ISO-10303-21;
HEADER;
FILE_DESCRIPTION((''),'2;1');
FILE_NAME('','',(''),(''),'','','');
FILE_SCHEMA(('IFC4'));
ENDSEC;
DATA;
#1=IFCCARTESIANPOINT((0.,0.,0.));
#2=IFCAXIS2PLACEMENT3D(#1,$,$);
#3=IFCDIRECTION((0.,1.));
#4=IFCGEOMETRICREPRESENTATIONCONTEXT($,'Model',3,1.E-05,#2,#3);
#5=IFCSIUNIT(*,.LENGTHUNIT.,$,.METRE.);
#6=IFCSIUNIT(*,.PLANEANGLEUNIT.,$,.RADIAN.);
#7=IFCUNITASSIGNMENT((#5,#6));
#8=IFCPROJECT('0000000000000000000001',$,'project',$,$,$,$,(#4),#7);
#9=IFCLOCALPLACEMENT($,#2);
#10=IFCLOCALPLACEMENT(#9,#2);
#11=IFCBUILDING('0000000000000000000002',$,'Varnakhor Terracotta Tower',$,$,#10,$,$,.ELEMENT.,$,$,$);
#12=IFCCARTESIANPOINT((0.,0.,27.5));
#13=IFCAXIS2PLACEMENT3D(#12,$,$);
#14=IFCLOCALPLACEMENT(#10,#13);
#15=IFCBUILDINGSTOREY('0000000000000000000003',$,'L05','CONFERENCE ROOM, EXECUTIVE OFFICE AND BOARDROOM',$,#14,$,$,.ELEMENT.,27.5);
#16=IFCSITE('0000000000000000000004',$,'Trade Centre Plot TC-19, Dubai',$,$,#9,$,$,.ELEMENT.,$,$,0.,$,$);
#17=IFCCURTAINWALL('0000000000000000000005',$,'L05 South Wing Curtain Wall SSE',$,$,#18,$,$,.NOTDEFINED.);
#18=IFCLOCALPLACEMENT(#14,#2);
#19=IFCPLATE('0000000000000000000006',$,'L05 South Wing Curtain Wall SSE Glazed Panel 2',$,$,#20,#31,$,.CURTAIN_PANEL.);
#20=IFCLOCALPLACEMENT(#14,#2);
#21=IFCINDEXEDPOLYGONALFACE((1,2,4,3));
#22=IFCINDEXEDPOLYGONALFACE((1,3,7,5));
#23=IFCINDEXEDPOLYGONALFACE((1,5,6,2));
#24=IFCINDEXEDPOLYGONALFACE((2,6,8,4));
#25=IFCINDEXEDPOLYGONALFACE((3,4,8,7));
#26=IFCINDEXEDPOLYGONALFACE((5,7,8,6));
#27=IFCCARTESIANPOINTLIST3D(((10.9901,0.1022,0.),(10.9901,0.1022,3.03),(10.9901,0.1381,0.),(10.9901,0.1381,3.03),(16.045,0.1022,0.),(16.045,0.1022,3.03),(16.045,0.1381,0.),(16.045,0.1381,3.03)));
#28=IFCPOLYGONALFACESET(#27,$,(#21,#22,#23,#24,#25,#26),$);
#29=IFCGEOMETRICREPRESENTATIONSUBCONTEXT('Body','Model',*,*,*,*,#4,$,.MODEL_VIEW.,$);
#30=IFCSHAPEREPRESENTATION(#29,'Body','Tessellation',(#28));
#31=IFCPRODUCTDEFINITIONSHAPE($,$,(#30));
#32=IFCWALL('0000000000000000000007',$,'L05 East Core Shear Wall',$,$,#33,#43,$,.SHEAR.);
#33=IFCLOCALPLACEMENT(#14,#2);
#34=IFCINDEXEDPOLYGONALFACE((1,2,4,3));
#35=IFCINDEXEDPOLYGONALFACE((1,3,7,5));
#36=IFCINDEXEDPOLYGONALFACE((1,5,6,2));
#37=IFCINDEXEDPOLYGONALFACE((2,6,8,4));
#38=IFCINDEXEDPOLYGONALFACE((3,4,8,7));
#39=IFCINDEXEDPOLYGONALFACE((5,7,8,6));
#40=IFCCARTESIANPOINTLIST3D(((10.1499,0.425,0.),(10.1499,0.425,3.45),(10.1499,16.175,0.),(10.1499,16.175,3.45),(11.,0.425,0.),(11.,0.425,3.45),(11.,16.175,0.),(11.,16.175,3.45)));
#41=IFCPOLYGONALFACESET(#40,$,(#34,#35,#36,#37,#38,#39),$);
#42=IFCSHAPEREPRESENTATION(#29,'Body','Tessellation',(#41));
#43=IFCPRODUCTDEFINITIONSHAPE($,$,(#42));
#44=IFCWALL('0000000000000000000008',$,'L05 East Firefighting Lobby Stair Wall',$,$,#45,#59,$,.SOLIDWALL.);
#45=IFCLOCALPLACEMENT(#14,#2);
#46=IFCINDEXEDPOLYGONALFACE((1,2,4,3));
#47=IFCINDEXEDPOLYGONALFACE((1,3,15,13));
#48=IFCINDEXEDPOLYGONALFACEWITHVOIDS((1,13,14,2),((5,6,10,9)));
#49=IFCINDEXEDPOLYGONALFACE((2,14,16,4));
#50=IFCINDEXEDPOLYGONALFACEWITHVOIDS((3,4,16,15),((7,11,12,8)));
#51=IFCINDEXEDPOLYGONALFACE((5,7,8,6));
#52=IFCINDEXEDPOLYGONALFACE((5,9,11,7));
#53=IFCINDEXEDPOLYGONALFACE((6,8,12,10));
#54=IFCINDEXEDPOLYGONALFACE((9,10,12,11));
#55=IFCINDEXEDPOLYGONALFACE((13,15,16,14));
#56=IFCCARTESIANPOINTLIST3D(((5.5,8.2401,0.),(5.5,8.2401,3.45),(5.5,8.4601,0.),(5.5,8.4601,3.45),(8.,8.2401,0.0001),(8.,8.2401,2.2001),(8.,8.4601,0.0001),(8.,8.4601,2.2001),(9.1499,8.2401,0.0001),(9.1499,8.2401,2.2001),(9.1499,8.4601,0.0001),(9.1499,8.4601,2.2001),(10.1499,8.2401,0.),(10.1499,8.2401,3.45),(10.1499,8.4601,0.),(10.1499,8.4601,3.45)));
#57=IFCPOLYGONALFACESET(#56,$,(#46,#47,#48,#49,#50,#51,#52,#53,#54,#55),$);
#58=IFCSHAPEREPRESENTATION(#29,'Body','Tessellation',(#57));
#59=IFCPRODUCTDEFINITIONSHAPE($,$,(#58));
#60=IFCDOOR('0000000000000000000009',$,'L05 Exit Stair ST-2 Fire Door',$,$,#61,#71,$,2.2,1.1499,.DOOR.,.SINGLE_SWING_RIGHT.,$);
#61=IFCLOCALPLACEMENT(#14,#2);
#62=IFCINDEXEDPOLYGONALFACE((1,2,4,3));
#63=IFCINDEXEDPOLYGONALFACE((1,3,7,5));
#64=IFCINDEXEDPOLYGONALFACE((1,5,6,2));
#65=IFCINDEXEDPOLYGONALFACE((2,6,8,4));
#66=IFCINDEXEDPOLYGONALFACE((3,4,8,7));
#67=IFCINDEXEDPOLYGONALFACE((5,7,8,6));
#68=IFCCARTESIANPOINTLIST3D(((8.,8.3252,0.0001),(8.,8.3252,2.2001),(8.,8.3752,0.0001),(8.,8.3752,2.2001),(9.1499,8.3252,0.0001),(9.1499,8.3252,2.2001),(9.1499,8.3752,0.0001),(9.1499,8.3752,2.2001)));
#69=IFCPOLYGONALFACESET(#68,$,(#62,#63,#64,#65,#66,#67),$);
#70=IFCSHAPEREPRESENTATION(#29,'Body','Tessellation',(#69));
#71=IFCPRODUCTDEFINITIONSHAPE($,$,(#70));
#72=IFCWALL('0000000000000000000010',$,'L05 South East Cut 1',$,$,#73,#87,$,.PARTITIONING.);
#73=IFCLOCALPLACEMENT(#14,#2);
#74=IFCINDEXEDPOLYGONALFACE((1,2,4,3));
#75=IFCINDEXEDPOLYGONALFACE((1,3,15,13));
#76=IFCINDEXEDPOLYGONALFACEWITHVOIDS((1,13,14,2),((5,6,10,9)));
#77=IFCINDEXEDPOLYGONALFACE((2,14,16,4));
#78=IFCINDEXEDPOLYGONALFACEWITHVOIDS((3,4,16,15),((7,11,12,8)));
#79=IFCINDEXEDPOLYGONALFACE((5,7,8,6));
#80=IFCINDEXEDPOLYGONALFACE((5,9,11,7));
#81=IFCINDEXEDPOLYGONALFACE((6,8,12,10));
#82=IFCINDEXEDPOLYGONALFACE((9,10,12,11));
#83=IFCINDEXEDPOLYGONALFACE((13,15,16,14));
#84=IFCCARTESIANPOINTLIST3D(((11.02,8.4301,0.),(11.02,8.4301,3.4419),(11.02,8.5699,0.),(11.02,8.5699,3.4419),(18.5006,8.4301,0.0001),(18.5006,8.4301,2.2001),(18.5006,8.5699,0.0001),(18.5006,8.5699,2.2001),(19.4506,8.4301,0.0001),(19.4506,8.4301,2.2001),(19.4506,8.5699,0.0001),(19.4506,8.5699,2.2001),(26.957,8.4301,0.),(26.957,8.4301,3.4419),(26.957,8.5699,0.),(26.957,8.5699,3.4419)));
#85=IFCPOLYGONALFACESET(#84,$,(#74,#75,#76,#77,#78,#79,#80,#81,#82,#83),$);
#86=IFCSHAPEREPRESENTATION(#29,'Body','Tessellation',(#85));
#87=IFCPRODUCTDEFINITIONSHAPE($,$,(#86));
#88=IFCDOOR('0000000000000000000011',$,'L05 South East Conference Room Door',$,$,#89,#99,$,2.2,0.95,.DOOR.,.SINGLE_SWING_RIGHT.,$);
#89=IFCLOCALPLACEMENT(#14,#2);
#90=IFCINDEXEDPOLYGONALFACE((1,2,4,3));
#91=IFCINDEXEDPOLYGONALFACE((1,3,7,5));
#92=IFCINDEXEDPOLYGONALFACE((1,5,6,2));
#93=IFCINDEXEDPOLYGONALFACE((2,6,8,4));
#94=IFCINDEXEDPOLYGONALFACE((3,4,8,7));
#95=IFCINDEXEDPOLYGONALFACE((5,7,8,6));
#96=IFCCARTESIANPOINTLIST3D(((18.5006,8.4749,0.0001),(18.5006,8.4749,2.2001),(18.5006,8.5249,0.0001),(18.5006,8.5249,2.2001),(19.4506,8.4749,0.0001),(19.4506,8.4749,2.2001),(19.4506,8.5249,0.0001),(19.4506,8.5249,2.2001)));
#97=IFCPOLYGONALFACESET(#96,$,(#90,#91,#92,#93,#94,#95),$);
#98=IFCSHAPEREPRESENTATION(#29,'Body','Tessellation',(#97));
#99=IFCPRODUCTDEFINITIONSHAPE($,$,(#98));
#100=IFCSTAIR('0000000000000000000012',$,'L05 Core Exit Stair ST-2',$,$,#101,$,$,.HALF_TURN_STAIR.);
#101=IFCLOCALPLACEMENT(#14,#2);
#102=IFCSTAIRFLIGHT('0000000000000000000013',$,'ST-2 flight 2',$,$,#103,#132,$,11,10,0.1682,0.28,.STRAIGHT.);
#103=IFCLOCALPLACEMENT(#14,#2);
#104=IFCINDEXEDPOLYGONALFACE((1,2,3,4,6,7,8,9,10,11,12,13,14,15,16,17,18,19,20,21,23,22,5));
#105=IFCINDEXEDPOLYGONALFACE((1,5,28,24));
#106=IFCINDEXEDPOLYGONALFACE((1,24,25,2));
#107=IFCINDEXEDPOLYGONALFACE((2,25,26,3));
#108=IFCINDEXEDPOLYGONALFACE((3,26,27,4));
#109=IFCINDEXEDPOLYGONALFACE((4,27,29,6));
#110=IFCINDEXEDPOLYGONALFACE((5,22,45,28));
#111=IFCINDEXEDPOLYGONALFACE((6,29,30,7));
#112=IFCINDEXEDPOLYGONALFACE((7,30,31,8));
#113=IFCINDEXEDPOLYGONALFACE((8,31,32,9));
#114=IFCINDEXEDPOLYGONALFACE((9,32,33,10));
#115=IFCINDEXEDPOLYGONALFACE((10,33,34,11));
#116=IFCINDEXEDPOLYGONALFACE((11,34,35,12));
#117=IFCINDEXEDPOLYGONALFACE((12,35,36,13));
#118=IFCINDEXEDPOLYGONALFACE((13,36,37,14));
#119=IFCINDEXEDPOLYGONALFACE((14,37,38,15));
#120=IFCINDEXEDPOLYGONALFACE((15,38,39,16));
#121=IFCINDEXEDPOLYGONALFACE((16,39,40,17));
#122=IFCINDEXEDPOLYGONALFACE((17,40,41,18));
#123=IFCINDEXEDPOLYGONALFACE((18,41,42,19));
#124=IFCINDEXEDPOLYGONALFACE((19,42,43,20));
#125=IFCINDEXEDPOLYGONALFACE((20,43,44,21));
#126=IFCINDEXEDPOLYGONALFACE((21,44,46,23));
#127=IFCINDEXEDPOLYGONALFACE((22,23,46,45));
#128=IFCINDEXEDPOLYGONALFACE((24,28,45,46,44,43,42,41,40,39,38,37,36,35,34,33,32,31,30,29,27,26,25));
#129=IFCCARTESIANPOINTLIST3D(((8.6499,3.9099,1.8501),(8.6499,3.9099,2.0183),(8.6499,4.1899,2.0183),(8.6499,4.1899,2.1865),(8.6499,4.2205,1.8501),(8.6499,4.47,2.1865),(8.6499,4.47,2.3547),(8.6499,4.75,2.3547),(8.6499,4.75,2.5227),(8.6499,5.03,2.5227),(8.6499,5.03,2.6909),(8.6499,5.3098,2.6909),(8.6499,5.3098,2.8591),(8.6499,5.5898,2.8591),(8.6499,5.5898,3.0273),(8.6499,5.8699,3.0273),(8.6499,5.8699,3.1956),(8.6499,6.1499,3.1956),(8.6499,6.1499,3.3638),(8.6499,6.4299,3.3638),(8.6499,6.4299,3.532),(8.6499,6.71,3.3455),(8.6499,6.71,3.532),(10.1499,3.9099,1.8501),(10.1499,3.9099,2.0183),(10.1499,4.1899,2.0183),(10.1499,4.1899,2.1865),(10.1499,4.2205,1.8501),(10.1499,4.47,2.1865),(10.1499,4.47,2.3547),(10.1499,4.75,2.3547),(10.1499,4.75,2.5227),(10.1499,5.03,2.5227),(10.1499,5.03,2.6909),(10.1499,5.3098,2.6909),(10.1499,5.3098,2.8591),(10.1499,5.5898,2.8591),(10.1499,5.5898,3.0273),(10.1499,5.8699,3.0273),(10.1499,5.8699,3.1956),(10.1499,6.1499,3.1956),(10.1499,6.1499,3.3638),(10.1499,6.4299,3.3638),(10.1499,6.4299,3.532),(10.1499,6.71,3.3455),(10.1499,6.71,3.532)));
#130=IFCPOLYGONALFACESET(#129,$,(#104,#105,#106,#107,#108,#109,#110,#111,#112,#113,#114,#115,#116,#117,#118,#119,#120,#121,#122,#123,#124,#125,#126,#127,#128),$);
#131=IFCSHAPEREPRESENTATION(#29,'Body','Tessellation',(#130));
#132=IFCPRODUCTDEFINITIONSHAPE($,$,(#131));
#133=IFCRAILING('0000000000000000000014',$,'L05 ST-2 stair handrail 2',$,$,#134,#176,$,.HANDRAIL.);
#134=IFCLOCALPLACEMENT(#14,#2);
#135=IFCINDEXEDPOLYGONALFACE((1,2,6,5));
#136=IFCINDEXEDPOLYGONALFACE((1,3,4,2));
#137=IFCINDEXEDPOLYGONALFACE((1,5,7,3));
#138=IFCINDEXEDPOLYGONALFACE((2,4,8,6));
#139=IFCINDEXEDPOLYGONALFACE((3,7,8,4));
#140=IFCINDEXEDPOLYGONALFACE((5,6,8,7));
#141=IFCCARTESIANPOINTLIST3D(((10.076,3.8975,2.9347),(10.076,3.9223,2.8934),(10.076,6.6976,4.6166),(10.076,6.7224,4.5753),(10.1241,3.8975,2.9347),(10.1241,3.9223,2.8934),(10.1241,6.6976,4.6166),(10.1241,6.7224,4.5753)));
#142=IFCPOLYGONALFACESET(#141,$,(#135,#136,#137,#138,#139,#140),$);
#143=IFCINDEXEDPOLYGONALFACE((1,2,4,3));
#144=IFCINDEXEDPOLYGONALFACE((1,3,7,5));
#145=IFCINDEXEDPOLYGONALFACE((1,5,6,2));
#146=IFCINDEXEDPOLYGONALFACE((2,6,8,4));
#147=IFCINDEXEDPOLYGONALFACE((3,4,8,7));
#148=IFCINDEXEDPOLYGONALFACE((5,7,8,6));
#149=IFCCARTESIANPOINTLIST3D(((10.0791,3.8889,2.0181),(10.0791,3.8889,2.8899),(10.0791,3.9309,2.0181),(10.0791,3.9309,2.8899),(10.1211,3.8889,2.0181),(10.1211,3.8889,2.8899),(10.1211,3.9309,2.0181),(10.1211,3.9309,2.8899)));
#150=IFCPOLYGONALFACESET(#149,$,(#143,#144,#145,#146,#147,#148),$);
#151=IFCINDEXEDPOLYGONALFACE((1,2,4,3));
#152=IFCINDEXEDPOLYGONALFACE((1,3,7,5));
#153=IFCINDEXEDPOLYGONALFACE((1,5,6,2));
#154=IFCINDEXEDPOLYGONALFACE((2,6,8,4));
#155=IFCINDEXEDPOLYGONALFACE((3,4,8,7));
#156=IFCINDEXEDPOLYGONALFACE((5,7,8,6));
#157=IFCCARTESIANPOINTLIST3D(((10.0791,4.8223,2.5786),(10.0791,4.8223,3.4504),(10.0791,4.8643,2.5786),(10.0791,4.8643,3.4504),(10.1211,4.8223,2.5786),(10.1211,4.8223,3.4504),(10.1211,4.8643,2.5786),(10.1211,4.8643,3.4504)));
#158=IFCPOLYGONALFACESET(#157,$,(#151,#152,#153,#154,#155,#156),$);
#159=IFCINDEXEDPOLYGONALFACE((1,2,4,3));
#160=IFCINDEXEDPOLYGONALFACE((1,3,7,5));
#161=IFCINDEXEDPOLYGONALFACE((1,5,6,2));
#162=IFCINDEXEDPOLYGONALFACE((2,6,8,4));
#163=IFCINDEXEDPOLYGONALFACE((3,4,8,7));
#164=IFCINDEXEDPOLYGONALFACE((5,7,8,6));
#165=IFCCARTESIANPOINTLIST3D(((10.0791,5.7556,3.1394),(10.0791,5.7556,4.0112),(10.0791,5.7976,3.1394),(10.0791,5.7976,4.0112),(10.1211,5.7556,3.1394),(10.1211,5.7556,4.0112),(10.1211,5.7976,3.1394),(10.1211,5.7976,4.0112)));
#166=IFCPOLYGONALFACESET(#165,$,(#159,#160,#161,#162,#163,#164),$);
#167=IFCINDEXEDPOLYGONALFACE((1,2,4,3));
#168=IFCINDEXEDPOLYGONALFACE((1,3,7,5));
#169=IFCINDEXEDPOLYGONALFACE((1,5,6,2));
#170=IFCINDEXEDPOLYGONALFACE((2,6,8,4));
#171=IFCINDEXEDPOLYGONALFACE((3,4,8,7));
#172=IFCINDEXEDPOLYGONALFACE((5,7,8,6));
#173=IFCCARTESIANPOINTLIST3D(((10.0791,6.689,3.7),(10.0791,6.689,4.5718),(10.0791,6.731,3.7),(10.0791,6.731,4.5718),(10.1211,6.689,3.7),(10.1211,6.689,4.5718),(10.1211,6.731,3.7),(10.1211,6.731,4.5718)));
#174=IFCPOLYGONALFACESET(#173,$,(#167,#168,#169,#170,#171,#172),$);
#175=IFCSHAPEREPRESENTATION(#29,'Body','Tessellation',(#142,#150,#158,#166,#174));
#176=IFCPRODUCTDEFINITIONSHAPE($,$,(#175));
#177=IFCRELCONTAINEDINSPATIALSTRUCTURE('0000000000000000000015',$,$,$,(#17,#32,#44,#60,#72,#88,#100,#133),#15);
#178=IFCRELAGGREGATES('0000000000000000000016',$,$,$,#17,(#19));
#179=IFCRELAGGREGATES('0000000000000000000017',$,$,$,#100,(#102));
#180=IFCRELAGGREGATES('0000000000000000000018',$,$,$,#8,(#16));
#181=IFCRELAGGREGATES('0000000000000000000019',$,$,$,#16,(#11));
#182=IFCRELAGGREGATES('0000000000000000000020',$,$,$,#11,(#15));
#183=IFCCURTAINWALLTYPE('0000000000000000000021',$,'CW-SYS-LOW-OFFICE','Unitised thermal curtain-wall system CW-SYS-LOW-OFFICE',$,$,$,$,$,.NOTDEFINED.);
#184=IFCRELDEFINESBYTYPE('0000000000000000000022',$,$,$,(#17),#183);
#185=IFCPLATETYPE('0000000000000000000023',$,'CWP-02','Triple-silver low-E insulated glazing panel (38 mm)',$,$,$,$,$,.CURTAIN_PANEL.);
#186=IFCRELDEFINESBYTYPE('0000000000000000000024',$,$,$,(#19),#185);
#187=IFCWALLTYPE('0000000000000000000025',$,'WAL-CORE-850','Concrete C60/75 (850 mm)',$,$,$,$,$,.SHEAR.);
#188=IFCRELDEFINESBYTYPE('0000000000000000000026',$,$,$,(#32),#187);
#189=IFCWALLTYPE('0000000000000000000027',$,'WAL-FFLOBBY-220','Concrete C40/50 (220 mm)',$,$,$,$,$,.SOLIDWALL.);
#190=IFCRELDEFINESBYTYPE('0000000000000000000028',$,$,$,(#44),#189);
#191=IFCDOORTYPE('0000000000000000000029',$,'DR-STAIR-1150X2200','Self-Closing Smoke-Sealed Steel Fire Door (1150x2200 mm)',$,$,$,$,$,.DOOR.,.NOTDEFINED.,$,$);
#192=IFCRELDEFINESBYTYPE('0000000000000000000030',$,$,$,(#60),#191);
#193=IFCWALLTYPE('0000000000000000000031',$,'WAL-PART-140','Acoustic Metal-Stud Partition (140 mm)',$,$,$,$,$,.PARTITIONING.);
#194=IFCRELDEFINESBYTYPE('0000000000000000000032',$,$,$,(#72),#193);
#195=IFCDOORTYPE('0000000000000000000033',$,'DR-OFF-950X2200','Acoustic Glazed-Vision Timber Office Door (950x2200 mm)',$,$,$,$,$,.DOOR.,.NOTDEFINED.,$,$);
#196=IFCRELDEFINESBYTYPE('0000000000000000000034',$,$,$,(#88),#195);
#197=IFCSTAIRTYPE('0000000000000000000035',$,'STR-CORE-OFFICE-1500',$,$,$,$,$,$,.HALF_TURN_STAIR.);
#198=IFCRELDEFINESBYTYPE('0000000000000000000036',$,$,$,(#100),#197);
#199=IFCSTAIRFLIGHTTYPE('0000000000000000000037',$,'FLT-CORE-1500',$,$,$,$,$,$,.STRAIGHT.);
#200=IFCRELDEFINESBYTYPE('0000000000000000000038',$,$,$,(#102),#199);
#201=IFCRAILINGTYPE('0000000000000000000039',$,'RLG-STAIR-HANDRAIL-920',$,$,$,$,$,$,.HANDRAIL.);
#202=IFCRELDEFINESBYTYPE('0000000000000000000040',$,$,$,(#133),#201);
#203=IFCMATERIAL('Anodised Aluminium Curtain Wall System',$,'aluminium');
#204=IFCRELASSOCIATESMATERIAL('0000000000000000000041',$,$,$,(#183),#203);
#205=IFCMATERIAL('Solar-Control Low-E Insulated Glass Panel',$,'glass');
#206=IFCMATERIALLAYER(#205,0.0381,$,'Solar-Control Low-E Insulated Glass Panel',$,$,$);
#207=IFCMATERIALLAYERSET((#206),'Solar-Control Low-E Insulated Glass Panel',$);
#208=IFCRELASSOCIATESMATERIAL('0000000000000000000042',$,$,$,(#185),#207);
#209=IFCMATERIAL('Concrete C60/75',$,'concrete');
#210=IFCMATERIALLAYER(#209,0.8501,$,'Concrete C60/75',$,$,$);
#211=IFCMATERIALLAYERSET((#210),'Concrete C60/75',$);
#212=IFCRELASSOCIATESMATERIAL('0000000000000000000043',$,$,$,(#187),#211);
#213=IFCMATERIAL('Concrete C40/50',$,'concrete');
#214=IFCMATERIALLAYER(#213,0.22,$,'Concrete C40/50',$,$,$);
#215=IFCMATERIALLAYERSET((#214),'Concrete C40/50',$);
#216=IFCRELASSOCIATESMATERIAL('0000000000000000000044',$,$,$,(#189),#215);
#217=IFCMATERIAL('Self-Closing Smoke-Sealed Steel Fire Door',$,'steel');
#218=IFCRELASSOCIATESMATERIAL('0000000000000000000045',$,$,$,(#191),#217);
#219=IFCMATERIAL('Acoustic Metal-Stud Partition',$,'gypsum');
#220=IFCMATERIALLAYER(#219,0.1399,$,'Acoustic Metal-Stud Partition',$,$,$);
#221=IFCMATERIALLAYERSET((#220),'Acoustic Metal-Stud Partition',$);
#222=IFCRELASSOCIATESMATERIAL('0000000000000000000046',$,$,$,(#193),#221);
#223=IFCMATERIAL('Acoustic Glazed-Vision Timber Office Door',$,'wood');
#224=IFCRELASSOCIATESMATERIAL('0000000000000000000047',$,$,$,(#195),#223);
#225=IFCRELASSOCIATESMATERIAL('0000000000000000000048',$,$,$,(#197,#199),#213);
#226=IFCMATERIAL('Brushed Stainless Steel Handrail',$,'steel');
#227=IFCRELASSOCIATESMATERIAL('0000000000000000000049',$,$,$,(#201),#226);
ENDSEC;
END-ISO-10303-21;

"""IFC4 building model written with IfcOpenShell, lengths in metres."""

from ifc_helpers import new_model, si_unit, direction, frame, frame_2d, origin, origin_2d, place, context, subcontext, project, spatial, polyline, rectangle, outline, extrude, source, transform, mapped, material, layer, layer_set, type_object, type_shapes, element, fill, aggregate, save


model = new_model("IFC4")

# Units and contexts
model_context = context("Model", 3, precision=1e-05, world=origin(), true_north=direction((0.0, 1.0)))
body_context = subcontext(model_context, "Body", "Model", "MODEL_VIEW")
ifc_project = project(units=[si_unit("LENGTHUNIT", "METRE"), si_unit("PLANEANGLEUNIT", "RADIAN")], contexts=[model_context])

# Site, building, storey
site_placement = place(None, origin())
site = spatial("IfcSite", under=ifc_project, at=site_placement, Name="Trade Centre Plot TC-19, Dubai", CompositionType="ELEMENT", RefElevation=0.0)
building_placement = place(site_placement, origin())
building = spatial("IfcBuilding", under=site, at=building_placement, Name="Varnakhor Terracotta Tower", CompositionType="ELEMENT")
storey_placement = place(building_placement, frame((0.0, 0.0, 27.5)))
storey = spatial("IfcBuildingStorey", under=building, at=storey_placement, Name="L05", Description="CONFERENCE ROOM, EXECUTIVE OFFICE AND BOARDROOM", CompositionType="ELEMENT", Elevation=27.5)

# Curtain wall
ifc_material_1 = material(Name="Anodised Aluminium Curtain Wall System", Category="aluminium")
curtain_wall_type = type_object("IfcCurtainWallType", Name="CW-SYS-LOW-OFFICE", Description="Unitised thermal curtain-wall system CW-SYS-LOW-OFFICE", PredefinedType="NOTDEFINED", material=ifc_material_1)
curtain_wall_1_placement = place(storey_placement, origin())
curtain_wall_1 = element("IfcCurtainWall", 1, at=curtain_wall_1_placement, inside=storey, type_object=curtain_wall_type, Name="L05 South Wing Curtain Wall SSE", PredefinedType="NOTDEFINED")

# Plate
ifc_material_2 = material(Name="Solar-Control Low-E Insulated Glass Panel", Category="glass")
ifc_layer_1 = layer(ifc_material_2, 0.0381, Name="Solar-Control Low-E Insulated Glass Panel")
ifc_layer_set_1 = layer_set([ifc_layer_1], Name="Solar-Control Low-E Insulated Glass Panel")
plate_type_1 = type_object("IfcPlateType", Name="CWP-02", Description="Triple-silver low-E insulated glazing panel (38 mm)", PredefinedType="CURTAIN_PANEL", material=ifc_layer_set_1)
shared_shape_1 = source(origin(), body_context, "Body", "SweptSolid", [
    extrude(rectangle(XDim=5.0549, YDim=0.0359, at=origin_2d()), origin(), (0.0, 0.0, 1.0), 3.03),
])
plate_1_placement = place(storey_placement, frame((13.5176, 0.1201, 0.0), z_axis=(0.0, 0.0, 1.0), x_axis=(-1.0, 0.0, 0.0)))
plate_1 = element("IfcPlate", 2, at=plate_1_placement, type_object=plate_type_1, Name="L05 South Wing Curtain Wall SSE Glazed Panel 2", PredefinedType="CURTAIN_PANEL", context=body_context, shape_type="MappedRepresentation", body=[
    mapped(shared_shape_1, transform((0.0, 0.0, 0.0), scale=1.0)),
])
aggregate(curtain_wall_1, [plate_1])

# Wall
ifc_material_3 = material(Name="Concrete C60/75", Category="concrete")
ifc_layer_2 = layer(ifc_material_3, 0.8501, Name="Concrete C60/75")
ifc_layer_set_2 = layer_set([ifc_layer_2], Name="Concrete C60/75")
wall_type_1 = type_object("IfcWallType", Name="WAL-CORE-850", Description="Concrete C60/75 (850 mm)", PredefinedType="SHEAR", material=ifc_layer_set_2)
wall_1_placement = place(storey_placement, frame((10.575, 0.425, 0.0), z_axis=(0.0, 0.0, 1.0), x_axis=(0.0, 1.0, 0.0)))
element("IfcWall", 3, at=wall_1_placement, inside=storey, type_object=wall_type_1, Name="L05 East Core Shear Wall", PredefinedType="SHEAR", context=body_context, shape_type="SweptSolid", body=[
    extrude(rectangle(XDim=15.75, YDim=0.8501, at=frame_2d((7.875, 0.0))), origin(), (0.0, 0.0, 1.0), 3.45),
])

# Walls, openings, doors
ifc_material_4 = material(Name="Concrete C40/50", Category="concrete")
ifc_layer_3 = layer(ifc_material_4, 0.22, Name="Concrete C40/50")
ifc_layer_set_3 = layer_set([ifc_layer_3], Name="Concrete C40/50")
wall_type_2 = type_object("IfcWallType", Name="WAL-FFLOBBY-220", Description="Concrete C40/50 (220 mm)", PredefinedType="SOLIDWALL", material=ifc_layer_set_3)
wall_2_placement = place(storey_placement, frame((10.1499, 8.3501, 0.0), z_axis=(0.0, 0.0, 1.0), x_axis=(-1.0, 0.0, 0.0)))
wall_2 = element("IfcWall", 4, at=wall_2_placement, inside=storey, type_object=wall_type_2, Name="L05 East Firefighting Lobby Stair Wall", PredefinedType="SOLIDWALL", context=body_context, shape_type="SweptSolid", body=[
    extrude(rectangle(XDim=4.6499, YDim=0.22, at=frame_2d((2.325, 0.0))), origin(), (0.0, 0.0, 1.0), 3.45),
])
opening_1_placement = place(wall_2_placement, frame((1.0, 0.0, 0.0)))
opening_1 = element("IfcOpeningElement", 5, at=opening_1_placement, cuts=wall_2, PredefinedType="OPENING", context=body_context, shape_type="SweptSolid", body=[
    extrude(rectangle(XDim=1.1499, YDim=2.2, at=frame_2d((0.575, 1.1001))), frame((0.0, 0.1201, 0.0), z_axis=(0.0, -1.0, 0.0), x_axis=(1.0, 0.0, 0.0)), (0.0, 0.0, 1.0), 0.24),
])
ifc_material_5 = material(Name="Self-Closing Smoke-Sealed Steel Fire Door", Category="steel")
door_type_1 = type_object("IfcDoorType", Name="DR-STAIR-1150X2200", Description="Self-Closing Smoke-Sealed Steel Fire Door (1150x2200 mm)", OperationType="NOTDEFINED", PredefinedType="DOOR", material=ifc_material_5)
shared_shape_2 = source(origin(), body_context, "Body", "SweptSolid", [
    extrude(rectangle(XDim=1.1499, YDim=2.2, at=frame_2d((0.575, 1.1001))), frame((0.0, 0.0249, 0.0), z_axis=(0.0, -1.0, 0.0), x_axis=(1.0, 0.0, 0.0)), (0.0, 0.0, 1.0), 0.05),
])
type_shapes(door_type_1, [shared_shape_2])
door_1_placement = place(opening_1_placement, origin())
door_1 = element("IfcDoor", 6, at=door_1_placement, inside=storey, type_object=door_type_1, Name="L05 Exit Stair ST-2 Fire Door", OperationType="SINGLE_SWING_RIGHT", OverallHeight=2.2, OverallWidth=1.1499, PredefinedType="DOOR", context=body_context, shape_type="MappedRepresentation", body=[
    mapped(shared_shape_2, transform((0.0, 0.0, 0.0), scale=1.0)),
])
fill(opening_1, door_1)
ifc_material_6 = material(Name="Acoustic Metal-Stud Partition", Category="gypsum")
ifc_layer_4 = layer(ifc_material_6, 0.1399, Name="Acoustic Metal-Stud Partition")
ifc_layer_set_4 = layer_set([ifc_layer_4], Name="Acoustic Metal-Stud Partition")
wall_type_3 = type_object("IfcWallType", Name="WAL-PART-140", Description="Acoustic Metal-Stud Partition (140 mm)", PredefinedType="PARTITIONING", material=ifc_layer_set_4)
wall_3_placement = place(storey_placement, frame((11.02, 8.5, 0.0), z_axis=(0.0, 0.0, 1.0), x_axis=(1.0, 0.0, 0.0)))
wall_3 = element("IfcWall", 7, at=wall_3_placement, inside=storey, type_object=wall_type_3, Name="L05 South East Cut 1", PredefinedType="PARTITIONING", context=body_context, shape_type="SweptSolid", body=[
    extrude(rectangle(XDim=15.937, YDim=0.1399, at=frame_2d((7.9685, 0.0))), origin(), (0.0, 0.0, 1.0), 3.4419),
])
opening_2_placement = place(wall_3_placement, frame((7.4805, 0.0, 0.0)))
opening_2 = element("IfcOpeningElement", 8, at=opening_2_placement, cuts=wall_3, PredefinedType="OPENING", context=body_context, shape_type="SweptSolid", body=[
    extrude(rectangle(XDim=0.95, YDim=2.2, at=frame_2d((0.4751, 1.1001))), frame((0.0, 0.0801, 0.0), z_axis=(0.0, -1.0, 0.0), x_axis=(1.0, 0.0, 0.0)), (0.0, 0.0, 1.0), 0.1599),
])
ifc_material_7 = material(Name="Acoustic Glazed-Vision Timber Office Door", Category="wood")
door_type_2 = type_object("IfcDoorType", Name="DR-OFF-950X2200", Description="Acoustic Glazed-Vision Timber Office Door (950x2200 mm)", OperationType="NOTDEFINED", PredefinedType="DOOR", material=ifc_material_7)
shared_shape_3 = source(origin(), body_context, "Body", "SweptSolid", [
    extrude(rectangle(XDim=0.95, YDim=2.2, at=frame_2d((0.4751, 1.1001))), frame((0.0, 0.0249, 0.0), z_axis=(0.0, -1.0, 0.0), x_axis=(1.0, 0.0, 0.0)), (0.0, 0.0, 1.0), 0.05),
])
type_shapes(door_type_2, [shared_shape_3])
door_2_placement = place(opening_2_placement, origin())
door_2 = element("IfcDoor", 9, at=door_2_placement, inside=storey, type_object=door_type_2, Name="L05 South East Conference Room Door", OperationType="SINGLE_SWING_RIGHT", OverallHeight=2.2, OverallWidth=0.95, PredefinedType="DOOR", context=body_context, shape_type="MappedRepresentation", body=[
    mapped(shared_shape_3, transform((0.0, 0.0, 0.0), scale=1.0)),
])
fill(opening_2, door_2)

# Stair, stair flight
stair_type = type_object("IfcStairType", Name="STR-CORE-OFFICE-1500", PredefinedType="HALF_TURN_STAIR", material=ifc_material_4)
stair_placement = place(storey_placement, origin())
stair = element("IfcStair", 10, at=stair_placement, inside=storey, type_object=stair_type, Name="L05 Core Exit Stair ST-2", PredefinedType="HALF_TURN_STAIR")
stair_flight_type = type_object("IfcStairFlightType", Name="FLT-CORE-1500", PredefinedType="STRAIGHT", material=ifc_material_4)
stair_flight_placement = place(storey_placement, frame((9.3999, 3.9099, 1.8501), z_axis=(0.0, 0.0, 1.0), x_axis=(0.0, 1.0, 0.0)))
stair_flight = element("IfcStairFlight", 11, at=stair_flight_placement, type_object=stair_flight_type, Name="ST-2 flight 2", NumberOfRisers=11, NumberOfTreads=10, PredefinedType="STRAIGHT", RiserHeight=0.1682, TreadLength=0.28, context=body_context, shape_type="SweptSolid", body=[
    extrude(outline(polyline([(0.0, 0.0), (0.0, 0.1682), (0.28, 0.1682), (0.28, 0.3364), (0.5601, 0.3364), (0.5601, 0.5046), (0.8401, 0.5046), (0.8401, 0.6726), (1.1201, 0.6726), (1.1201, 0.8408), (1.3999, 0.8408), (1.3999, 1.009), (1.6799, 1.009), (1.6799, 1.1772), (1.96, 1.1772), (1.96, 1.3455), (2.24, 1.3455), (2.24, 1.5137), (2.52, 1.5137), (2.52, 1.6819), (2.8, 1.6819), (2.8, 1.8501), (2.8, 1.4954), (0.3105, 0.0), (0.0, 0.0)])), frame((0.0, 0.75, 0.0), z_axis=(0.0, -1.0, 0.0), x_axis=(1.0, 0.0, 0.0)), (0.0, 0.0, 1.0), 1.5),
])
aggregate(stair, [stair_flight])

# Railing
ifc_material_8 = material(Name="Brushed Stainless Steel Handrail", Category="steel")
railing_type = type_object("IfcRailingType", Name="RLG-STAIR-HANDRAIL-920", PredefinedType="HANDRAIL", material=ifc_material_8)
railing_placement = place(storey_placement, frame((10.1001, 3.9099, 2.0181)))
element("IfcRailing", 12, at=railing_placement, inside=storey, type_object=railing_type, Name="L05 ST-2 stair handrail 2", PredefinedType="HANDRAIL", context=body_context, shape_type="SweptSolid", body=[
    extrude(rectangle(XDim=0.0481, YDim=0.0481, at=origin_2d()), frame((0.0, 0.0, 0.896), z_axis=(0.0, 0.857242, 0.514913), x_axis=(-1.0, 0.0, 0.0)), (0.0, 0.0, 1.0), 3.2664),
    extrude(rectangle(XDim=0.042, YDim=0.042, at=origin_2d()), origin(), (0.0, 0.0, 1.0), 0.8718),
    extrude(rectangle(XDim=0.042, YDim=0.042, at=origin_2d()), frame((0.0, 0.9333, 0.5605)), (0.0, 0.0, 1.0), 0.8718),
    extrude(rectangle(XDim=0.042, YDim=0.042, at=origin_2d()), frame((0.0, 1.8667, 1.1213)), (0.0, 0.0, 1.0), 0.8718),
    extrude(rectangle(XDim=0.042, YDim=0.042, at=origin_2d()), frame((0.0, 2.8, 1.6819)), (0.0, 0.0, 1.0), 0.8718),
])

save(model, "model.ifc")
